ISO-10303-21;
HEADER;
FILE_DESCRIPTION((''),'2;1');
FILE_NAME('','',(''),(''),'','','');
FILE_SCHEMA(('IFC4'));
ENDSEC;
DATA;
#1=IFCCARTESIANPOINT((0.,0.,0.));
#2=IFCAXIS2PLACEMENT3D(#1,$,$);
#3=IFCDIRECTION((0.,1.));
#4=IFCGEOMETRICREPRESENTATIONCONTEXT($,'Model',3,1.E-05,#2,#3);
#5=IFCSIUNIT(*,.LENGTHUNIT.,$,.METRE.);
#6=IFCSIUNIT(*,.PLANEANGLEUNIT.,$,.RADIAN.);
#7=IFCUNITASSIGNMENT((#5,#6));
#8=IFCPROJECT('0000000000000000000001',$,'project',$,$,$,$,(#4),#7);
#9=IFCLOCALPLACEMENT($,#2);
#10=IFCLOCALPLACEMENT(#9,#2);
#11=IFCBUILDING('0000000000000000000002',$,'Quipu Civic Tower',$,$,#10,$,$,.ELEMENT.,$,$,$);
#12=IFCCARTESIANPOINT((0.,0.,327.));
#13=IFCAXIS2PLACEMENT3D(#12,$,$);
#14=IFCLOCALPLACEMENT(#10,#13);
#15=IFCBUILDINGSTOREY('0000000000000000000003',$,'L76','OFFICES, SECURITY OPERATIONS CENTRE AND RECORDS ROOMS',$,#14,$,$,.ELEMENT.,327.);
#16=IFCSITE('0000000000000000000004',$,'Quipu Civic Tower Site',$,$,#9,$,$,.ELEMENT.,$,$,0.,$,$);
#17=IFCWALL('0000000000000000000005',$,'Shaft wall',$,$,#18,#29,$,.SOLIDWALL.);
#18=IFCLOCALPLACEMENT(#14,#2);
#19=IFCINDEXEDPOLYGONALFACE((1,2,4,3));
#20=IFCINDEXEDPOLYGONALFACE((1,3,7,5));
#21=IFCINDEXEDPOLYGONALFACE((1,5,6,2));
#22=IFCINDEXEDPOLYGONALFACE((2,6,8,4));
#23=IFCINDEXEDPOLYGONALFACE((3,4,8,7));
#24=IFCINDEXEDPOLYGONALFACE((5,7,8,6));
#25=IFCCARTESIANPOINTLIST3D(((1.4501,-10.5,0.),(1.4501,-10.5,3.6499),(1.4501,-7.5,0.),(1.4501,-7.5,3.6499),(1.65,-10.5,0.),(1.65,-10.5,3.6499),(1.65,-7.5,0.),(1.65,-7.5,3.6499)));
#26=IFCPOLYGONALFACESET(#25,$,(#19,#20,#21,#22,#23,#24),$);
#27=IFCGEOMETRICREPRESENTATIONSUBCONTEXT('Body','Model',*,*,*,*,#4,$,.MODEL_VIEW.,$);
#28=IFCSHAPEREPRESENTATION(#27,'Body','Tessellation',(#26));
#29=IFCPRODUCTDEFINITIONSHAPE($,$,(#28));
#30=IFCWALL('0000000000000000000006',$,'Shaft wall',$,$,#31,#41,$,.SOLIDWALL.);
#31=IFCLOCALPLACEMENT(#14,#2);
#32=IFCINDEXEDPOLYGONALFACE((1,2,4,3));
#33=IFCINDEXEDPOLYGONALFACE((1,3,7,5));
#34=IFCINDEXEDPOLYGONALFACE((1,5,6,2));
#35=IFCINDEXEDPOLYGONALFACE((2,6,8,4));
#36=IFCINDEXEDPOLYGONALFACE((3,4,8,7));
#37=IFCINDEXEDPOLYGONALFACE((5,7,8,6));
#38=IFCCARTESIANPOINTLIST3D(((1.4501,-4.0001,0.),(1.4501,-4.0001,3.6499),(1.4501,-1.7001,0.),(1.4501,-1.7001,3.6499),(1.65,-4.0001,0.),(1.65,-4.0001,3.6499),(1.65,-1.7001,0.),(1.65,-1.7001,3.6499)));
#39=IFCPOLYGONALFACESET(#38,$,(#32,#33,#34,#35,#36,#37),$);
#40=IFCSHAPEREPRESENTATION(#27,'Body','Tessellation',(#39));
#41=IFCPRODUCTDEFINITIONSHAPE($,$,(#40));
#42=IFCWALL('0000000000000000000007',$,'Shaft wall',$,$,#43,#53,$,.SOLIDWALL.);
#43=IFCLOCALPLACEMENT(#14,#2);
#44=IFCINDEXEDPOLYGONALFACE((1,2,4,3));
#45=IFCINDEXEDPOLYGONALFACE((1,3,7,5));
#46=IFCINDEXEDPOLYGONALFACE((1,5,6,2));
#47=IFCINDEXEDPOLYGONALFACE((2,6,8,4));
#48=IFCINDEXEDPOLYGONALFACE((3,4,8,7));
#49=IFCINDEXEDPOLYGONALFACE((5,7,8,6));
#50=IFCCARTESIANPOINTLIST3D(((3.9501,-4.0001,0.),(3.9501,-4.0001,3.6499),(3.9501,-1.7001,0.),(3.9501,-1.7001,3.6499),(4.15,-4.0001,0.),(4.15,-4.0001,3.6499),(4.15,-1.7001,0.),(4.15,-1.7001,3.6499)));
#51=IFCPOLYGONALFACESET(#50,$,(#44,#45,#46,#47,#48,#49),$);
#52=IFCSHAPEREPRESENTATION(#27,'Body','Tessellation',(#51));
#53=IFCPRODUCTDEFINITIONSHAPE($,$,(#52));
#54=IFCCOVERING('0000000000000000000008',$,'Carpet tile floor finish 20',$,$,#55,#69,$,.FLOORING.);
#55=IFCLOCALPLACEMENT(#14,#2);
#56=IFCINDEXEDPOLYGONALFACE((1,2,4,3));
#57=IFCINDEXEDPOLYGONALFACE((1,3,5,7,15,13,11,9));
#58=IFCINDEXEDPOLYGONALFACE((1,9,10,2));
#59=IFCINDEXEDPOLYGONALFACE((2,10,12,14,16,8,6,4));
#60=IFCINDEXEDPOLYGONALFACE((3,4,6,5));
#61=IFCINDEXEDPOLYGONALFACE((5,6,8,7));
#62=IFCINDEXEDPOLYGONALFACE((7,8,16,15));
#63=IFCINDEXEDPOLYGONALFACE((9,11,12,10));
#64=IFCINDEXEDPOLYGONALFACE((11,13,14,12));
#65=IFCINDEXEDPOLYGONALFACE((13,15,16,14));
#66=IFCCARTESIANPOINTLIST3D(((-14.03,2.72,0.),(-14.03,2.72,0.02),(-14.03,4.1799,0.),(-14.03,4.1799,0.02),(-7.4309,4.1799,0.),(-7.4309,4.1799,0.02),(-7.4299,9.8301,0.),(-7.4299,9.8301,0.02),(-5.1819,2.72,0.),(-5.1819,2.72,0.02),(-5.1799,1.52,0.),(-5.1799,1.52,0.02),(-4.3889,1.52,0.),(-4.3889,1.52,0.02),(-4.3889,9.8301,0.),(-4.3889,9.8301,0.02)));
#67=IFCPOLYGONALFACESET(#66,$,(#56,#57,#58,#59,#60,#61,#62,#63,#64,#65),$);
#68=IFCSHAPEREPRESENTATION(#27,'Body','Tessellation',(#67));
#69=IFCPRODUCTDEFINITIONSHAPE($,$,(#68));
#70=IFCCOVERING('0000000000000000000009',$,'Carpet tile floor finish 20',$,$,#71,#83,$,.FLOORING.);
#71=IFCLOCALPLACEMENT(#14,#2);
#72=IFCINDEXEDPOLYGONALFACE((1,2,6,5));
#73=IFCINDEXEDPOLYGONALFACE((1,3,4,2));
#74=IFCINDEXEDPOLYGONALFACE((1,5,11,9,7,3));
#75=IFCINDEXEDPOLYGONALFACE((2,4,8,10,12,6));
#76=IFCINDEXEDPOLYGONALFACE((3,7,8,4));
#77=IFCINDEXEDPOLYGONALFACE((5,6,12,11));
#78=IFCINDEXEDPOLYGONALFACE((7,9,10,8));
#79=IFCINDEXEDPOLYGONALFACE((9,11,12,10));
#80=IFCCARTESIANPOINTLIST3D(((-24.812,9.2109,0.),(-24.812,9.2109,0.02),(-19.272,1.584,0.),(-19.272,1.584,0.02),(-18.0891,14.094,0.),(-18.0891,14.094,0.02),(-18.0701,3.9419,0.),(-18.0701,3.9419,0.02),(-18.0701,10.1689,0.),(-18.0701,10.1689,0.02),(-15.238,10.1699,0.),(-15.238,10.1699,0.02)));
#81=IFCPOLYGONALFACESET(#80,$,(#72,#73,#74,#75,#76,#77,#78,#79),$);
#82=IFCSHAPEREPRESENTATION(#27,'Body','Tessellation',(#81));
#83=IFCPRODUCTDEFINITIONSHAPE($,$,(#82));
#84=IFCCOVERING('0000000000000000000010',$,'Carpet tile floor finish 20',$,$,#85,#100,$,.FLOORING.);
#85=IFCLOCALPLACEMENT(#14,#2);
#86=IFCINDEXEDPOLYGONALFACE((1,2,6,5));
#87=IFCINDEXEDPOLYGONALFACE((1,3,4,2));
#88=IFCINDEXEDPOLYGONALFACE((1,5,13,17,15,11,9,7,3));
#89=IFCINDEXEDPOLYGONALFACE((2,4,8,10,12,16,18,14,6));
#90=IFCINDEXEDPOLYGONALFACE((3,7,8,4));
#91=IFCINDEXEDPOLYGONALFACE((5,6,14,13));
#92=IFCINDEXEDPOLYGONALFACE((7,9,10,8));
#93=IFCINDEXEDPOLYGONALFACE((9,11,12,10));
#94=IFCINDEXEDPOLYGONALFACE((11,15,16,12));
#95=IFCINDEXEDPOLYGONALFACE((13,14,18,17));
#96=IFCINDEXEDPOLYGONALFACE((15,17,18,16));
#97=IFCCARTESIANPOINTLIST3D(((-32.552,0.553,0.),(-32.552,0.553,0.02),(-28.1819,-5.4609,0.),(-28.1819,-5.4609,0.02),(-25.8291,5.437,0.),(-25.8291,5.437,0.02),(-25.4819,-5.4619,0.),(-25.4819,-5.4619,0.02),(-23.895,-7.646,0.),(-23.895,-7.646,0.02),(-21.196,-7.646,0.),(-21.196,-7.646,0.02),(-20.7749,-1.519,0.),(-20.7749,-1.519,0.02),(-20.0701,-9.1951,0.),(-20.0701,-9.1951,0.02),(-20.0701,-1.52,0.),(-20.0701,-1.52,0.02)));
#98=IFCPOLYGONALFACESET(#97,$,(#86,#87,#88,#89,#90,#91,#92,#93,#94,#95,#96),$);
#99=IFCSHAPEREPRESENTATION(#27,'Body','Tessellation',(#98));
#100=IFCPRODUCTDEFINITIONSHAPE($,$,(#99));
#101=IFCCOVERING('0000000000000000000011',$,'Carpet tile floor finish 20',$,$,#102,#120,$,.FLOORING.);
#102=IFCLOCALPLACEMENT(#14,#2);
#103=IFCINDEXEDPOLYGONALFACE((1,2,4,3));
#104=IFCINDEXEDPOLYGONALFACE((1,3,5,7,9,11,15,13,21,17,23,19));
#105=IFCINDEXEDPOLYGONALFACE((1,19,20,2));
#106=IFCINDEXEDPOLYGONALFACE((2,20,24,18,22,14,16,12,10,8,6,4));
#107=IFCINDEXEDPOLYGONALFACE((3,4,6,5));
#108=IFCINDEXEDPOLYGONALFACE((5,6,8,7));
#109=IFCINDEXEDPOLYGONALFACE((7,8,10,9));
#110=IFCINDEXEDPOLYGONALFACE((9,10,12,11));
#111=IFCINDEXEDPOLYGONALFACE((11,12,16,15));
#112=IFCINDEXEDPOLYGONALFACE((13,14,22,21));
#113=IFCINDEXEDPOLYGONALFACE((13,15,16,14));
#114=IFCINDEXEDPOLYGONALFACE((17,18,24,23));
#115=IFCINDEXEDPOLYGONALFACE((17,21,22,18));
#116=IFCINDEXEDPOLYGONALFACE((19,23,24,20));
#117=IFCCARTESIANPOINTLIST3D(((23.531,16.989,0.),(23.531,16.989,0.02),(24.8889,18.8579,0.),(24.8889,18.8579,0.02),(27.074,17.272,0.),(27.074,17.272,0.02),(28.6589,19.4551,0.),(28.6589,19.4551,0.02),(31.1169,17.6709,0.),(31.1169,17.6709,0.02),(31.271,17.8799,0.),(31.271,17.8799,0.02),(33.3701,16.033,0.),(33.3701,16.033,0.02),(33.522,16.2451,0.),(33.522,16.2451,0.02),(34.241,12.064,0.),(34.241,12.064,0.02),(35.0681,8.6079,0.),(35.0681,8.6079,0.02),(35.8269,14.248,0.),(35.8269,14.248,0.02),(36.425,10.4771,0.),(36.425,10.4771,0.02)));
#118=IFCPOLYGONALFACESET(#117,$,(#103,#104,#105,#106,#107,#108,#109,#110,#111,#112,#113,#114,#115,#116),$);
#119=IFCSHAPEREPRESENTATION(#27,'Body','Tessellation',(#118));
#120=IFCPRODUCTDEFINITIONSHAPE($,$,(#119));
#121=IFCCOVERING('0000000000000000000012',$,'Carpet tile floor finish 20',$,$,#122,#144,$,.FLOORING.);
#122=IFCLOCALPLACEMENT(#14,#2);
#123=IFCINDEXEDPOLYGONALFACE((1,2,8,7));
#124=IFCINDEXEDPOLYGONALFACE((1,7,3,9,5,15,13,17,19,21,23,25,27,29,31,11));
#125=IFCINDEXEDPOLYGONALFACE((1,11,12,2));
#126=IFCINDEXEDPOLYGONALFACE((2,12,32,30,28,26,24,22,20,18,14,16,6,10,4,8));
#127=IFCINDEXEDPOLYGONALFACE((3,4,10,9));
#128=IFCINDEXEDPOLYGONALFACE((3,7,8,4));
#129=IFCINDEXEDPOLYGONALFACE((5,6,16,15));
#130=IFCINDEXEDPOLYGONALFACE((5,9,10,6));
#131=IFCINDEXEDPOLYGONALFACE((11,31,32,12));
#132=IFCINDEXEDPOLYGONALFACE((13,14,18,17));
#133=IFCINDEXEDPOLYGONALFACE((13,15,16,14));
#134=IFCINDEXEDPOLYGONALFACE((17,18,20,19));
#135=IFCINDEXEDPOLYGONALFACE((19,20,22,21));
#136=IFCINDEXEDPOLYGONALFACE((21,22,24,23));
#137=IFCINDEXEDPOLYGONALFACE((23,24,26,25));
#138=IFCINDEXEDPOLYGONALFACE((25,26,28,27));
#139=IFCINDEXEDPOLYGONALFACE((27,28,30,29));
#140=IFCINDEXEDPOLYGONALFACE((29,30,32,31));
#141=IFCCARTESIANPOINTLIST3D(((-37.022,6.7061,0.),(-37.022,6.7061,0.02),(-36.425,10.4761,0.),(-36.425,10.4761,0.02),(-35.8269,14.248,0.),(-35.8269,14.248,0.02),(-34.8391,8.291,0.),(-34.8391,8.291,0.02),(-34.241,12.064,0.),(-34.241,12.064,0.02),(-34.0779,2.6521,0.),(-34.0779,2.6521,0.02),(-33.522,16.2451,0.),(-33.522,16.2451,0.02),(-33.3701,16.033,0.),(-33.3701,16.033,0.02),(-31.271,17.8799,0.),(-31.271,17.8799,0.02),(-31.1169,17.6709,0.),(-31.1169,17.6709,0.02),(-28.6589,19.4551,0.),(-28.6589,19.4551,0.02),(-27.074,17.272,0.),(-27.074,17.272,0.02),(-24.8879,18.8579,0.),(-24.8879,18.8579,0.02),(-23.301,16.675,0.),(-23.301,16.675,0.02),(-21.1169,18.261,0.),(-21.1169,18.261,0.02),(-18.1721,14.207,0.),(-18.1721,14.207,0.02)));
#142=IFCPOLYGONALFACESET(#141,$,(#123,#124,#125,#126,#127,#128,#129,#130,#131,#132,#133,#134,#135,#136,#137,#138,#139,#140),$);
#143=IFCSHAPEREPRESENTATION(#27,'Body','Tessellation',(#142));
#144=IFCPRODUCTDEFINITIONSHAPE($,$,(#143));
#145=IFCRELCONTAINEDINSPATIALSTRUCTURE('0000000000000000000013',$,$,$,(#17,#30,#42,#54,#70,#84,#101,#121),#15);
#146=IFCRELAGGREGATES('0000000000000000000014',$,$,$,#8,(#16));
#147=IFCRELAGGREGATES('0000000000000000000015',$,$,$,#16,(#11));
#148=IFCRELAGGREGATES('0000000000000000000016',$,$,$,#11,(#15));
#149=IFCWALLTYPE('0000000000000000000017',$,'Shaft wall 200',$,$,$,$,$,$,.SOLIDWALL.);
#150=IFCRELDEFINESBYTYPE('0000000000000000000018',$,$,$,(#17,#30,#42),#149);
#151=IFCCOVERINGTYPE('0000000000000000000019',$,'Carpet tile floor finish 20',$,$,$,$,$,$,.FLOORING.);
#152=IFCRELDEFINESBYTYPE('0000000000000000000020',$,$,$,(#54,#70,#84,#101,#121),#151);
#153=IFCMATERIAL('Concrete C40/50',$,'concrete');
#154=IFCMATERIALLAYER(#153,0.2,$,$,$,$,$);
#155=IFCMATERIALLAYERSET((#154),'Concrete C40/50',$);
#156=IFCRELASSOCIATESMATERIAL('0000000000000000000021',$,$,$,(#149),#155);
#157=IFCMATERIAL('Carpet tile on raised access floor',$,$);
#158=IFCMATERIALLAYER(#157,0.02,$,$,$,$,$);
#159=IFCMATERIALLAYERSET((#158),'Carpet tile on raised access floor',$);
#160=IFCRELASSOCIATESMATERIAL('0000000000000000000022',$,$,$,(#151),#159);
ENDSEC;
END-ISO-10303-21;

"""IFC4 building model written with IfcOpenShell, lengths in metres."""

from ifc_helpers import new_model, si_unit, direction, frame, frame_2d, origin, place, context, subcontext, project, spatial, polyline, rectangle, outline, extrude, material, layer, layer_set, type_object, element, save


model = new_model("IFC4")

# Units and contexts
model_context = context("Model", 3, precision=1e-05, world=origin(), true_north=direction((0.0, 1.0)))
body_context = subcontext(model_context, "Body", "Model", "MODEL_VIEW")
ifc_project = project(units=[si_unit("LENGTHUNIT", "METRE"), si_unit("PLANEANGLEUNIT", "RADIAN")], contexts=[model_context])

# Site, building, storey
site_placement = place(None, origin())
site = spatial("IfcSite", under=ifc_project, at=site_placement, Name="Quipu Civic Tower Site", CompositionType="ELEMENT", RefElevation=0.0)
building_placement = place(site_placement, origin())
building = spatial("IfcBuilding", under=site, at=building_placement, Name="Quipu Civic Tower", CompositionType="ELEMENT")
storey_placement = place(building_placement, frame((0.0, 0.0, 327.0)))
storey = spatial("IfcBuildingStorey", under=building, at=storey_placement, Name="L76", Description="OFFICES, SECURITY OPERATIONS CENTRE AND RECORDS ROOMS", CompositionType="ELEMENT", Elevation=327.0)

# Walls
ifc_material_1 = material(Name="Concrete C40/50", Category="concrete")
ifc_layer_1 = layer(ifc_material_1, 0.2)
ifc_layer_set_1 = layer_set([ifc_layer_1], Name="Concrete C40/50")
wall_type_1 = type_object("IfcWallType", Name="Shaft wall 200", PredefinedType="SOLIDWALL", material=ifc_layer_set_1)
wall_1_placement = place(storey_placement, frame((1.55, -10.5, 0.0), z_axis=(0.0, 0.0, 1.0), x_axis=(0.0, 1.0, 0.0)))
element("IfcWall", 1, at=wall_1_placement, inside=storey, type_object=wall_type_1, Name="Shaft wall", PredefinedType="SOLIDWALL", context=body_context, shape_type="SweptSolid", body=[
    extrude(rectangle(XDim=3.0, YDim=0.2, at=frame_2d((1.5, 0.0))), origin(), (0.0, 0.0, 1.0), 3.6499),
])
for number, where, z_axis, x_axis, name in (
    (2, (1.55, -4.0, 0.0), (0.0, 0.0, 1.0), (0.0, 1.0, 0.0), "Shaft wall"),
    (3, (4.05, -4.0, 0.0), (0.0, 0.0, 1.0), (0.0, 1.0, 0.0), "Shaft wall"),
):
    element("IfcWall", number, at=place(storey_placement, frame(where, z_axis=z_axis, x_axis=x_axis)), inside=storey, type_object=wall_type_1, Name=name, PredefinedType="SOLIDWALL", context=body_context, shape_type="SweptSolid", body=[
        extrude(rectangle(XDim=2.3, YDim=0.2, at=frame_2d((1.1499, 0.0))), origin(), (0.0, 0.0, 1.0), 3.6499),
    ])

# Coverings
ifc_material_2 = material(Name="Carpet tile on raised access floor")
ifc_layer_2 = layer(ifc_material_2, 0.02)
ifc_layer_set_2 = layer_set([ifc_layer_2], Name="Carpet tile on raised access floor")
covering_type = type_object("IfcCoveringType", Name="Carpet tile floor finish 20", PredefinedType="FLOORING", material=ifc_layer_set_2)
covering_1_placement = place(storey_placement, origin())
element("IfcCovering", 4, at=covering_1_placement, inside=storey, type_object=covering_type, Name="Carpet tile floor finish 20", PredefinedType="FLOORING", context=body_context, shape_type="SweptSolid", body=[
    extrude(outline(polyline([(-14.03, 2.72), (-14.03, 4.1799), (-7.4309, 4.1799), (-7.4299, 9.8301), (-4.3889, 9.8301), (-4.3889, 1.52), (-5.1799, 1.52), (-5.1819, 2.72), (-14.03, 2.72)])), origin(), (0.0, 0.0, 1.0), 0.02),
])
covering_2_placement = place(storey_placement, origin())
element("IfcCovering", 5, at=covering_2_placement, inside=storey, type_object=covering_type, Name="Carpet tile floor finish 20", PredefinedType="FLOORING", context=body_context, shape_type="SweptSolid", body=[
    extrude(outline(polyline([(-24.812, 9.2109), (-18.0891, 14.094), (-15.238, 10.1699), (-18.0701, 10.1689), (-18.0701, 3.9419), (-19.272, 1.584), (-24.812, 9.2109)])), origin(), (0.0, 0.0, 1.0), 0.02),
])
covering_3_placement = place(storey_placement, origin())
element("IfcCovering", 6, at=covering_3_placement, inside=storey, type_object=covering_type, Name="Carpet tile floor finish 20", PredefinedType="FLOORING", context=body_context, shape_type="SweptSolid", body=[
    extrude(outline(polyline([(-32.552, 0.553), (-25.8291, 5.437), (-20.7749, -1.519), (-20.0701, -1.52), (-20.0701, -9.1951), (-21.196, -7.646), (-23.895, -7.646), (-25.4819, -5.4619), (-28.1819, -5.4609), (-32.552, 0.553)])), origin(), (0.0, 0.0, 1.0), 0.02),
])
covering_4_placement = place(storey_placement, origin())
element("IfcCovering", 7, at=covering_4_placement, inside=storey, type_object=covering_type, Name="Carpet tile floor finish 20", PredefinedType="FLOORING", context=body_context, shape_type="SweptSolid", body=[
    extrude(outline(polyline([(23.531, 16.989), (24.8889, 18.8579), (27.074, 17.272), (28.6589, 19.4551), (31.1169, 17.6709), (31.271, 17.8799), (33.522, 16.2451), (33.3701, 16.033), (35.8269, 14.248), (34.241, 12.064), (36.425, 10.4771), (35.0681, 8.6079), (23.531, 16.989)])), origin(), (0.0, 0.0, 1.0), 0.02),
])
covering_5_placement = place(storey_placement, origin())
element("IfcCovering", 8, at=covering_5_placement, inside=storey, type_object=covering_type, Name="Carpet tile floor finish 20", PredefinedType="FLOORING", context=body_context, shape_type="SweptSolid", body=[
    extrude(outline(polyline([(-37.022, 6.7061), (-34.8391, 8.291), (-36.425, 10.4761), (-34.241, 12.064), (-35.8269, 14.248), (-33.3701, 16.033), (-33.522, 16.2451), (-31.271, 17.8799), (-31.1169, 17.6709), (-28.6589, 19.4551), (-27.074, 17.272), (-24.8879, 18.8579), (-23.301, 16.675), (-21.1169, 18.261), (-18.1721, 14.207), (-34.0779, 2.6521), (-37.022, 6.7061)])), origin(), (0.0, 0.0, 1.0), 0.02),
])

save(model, "model.ifc")
